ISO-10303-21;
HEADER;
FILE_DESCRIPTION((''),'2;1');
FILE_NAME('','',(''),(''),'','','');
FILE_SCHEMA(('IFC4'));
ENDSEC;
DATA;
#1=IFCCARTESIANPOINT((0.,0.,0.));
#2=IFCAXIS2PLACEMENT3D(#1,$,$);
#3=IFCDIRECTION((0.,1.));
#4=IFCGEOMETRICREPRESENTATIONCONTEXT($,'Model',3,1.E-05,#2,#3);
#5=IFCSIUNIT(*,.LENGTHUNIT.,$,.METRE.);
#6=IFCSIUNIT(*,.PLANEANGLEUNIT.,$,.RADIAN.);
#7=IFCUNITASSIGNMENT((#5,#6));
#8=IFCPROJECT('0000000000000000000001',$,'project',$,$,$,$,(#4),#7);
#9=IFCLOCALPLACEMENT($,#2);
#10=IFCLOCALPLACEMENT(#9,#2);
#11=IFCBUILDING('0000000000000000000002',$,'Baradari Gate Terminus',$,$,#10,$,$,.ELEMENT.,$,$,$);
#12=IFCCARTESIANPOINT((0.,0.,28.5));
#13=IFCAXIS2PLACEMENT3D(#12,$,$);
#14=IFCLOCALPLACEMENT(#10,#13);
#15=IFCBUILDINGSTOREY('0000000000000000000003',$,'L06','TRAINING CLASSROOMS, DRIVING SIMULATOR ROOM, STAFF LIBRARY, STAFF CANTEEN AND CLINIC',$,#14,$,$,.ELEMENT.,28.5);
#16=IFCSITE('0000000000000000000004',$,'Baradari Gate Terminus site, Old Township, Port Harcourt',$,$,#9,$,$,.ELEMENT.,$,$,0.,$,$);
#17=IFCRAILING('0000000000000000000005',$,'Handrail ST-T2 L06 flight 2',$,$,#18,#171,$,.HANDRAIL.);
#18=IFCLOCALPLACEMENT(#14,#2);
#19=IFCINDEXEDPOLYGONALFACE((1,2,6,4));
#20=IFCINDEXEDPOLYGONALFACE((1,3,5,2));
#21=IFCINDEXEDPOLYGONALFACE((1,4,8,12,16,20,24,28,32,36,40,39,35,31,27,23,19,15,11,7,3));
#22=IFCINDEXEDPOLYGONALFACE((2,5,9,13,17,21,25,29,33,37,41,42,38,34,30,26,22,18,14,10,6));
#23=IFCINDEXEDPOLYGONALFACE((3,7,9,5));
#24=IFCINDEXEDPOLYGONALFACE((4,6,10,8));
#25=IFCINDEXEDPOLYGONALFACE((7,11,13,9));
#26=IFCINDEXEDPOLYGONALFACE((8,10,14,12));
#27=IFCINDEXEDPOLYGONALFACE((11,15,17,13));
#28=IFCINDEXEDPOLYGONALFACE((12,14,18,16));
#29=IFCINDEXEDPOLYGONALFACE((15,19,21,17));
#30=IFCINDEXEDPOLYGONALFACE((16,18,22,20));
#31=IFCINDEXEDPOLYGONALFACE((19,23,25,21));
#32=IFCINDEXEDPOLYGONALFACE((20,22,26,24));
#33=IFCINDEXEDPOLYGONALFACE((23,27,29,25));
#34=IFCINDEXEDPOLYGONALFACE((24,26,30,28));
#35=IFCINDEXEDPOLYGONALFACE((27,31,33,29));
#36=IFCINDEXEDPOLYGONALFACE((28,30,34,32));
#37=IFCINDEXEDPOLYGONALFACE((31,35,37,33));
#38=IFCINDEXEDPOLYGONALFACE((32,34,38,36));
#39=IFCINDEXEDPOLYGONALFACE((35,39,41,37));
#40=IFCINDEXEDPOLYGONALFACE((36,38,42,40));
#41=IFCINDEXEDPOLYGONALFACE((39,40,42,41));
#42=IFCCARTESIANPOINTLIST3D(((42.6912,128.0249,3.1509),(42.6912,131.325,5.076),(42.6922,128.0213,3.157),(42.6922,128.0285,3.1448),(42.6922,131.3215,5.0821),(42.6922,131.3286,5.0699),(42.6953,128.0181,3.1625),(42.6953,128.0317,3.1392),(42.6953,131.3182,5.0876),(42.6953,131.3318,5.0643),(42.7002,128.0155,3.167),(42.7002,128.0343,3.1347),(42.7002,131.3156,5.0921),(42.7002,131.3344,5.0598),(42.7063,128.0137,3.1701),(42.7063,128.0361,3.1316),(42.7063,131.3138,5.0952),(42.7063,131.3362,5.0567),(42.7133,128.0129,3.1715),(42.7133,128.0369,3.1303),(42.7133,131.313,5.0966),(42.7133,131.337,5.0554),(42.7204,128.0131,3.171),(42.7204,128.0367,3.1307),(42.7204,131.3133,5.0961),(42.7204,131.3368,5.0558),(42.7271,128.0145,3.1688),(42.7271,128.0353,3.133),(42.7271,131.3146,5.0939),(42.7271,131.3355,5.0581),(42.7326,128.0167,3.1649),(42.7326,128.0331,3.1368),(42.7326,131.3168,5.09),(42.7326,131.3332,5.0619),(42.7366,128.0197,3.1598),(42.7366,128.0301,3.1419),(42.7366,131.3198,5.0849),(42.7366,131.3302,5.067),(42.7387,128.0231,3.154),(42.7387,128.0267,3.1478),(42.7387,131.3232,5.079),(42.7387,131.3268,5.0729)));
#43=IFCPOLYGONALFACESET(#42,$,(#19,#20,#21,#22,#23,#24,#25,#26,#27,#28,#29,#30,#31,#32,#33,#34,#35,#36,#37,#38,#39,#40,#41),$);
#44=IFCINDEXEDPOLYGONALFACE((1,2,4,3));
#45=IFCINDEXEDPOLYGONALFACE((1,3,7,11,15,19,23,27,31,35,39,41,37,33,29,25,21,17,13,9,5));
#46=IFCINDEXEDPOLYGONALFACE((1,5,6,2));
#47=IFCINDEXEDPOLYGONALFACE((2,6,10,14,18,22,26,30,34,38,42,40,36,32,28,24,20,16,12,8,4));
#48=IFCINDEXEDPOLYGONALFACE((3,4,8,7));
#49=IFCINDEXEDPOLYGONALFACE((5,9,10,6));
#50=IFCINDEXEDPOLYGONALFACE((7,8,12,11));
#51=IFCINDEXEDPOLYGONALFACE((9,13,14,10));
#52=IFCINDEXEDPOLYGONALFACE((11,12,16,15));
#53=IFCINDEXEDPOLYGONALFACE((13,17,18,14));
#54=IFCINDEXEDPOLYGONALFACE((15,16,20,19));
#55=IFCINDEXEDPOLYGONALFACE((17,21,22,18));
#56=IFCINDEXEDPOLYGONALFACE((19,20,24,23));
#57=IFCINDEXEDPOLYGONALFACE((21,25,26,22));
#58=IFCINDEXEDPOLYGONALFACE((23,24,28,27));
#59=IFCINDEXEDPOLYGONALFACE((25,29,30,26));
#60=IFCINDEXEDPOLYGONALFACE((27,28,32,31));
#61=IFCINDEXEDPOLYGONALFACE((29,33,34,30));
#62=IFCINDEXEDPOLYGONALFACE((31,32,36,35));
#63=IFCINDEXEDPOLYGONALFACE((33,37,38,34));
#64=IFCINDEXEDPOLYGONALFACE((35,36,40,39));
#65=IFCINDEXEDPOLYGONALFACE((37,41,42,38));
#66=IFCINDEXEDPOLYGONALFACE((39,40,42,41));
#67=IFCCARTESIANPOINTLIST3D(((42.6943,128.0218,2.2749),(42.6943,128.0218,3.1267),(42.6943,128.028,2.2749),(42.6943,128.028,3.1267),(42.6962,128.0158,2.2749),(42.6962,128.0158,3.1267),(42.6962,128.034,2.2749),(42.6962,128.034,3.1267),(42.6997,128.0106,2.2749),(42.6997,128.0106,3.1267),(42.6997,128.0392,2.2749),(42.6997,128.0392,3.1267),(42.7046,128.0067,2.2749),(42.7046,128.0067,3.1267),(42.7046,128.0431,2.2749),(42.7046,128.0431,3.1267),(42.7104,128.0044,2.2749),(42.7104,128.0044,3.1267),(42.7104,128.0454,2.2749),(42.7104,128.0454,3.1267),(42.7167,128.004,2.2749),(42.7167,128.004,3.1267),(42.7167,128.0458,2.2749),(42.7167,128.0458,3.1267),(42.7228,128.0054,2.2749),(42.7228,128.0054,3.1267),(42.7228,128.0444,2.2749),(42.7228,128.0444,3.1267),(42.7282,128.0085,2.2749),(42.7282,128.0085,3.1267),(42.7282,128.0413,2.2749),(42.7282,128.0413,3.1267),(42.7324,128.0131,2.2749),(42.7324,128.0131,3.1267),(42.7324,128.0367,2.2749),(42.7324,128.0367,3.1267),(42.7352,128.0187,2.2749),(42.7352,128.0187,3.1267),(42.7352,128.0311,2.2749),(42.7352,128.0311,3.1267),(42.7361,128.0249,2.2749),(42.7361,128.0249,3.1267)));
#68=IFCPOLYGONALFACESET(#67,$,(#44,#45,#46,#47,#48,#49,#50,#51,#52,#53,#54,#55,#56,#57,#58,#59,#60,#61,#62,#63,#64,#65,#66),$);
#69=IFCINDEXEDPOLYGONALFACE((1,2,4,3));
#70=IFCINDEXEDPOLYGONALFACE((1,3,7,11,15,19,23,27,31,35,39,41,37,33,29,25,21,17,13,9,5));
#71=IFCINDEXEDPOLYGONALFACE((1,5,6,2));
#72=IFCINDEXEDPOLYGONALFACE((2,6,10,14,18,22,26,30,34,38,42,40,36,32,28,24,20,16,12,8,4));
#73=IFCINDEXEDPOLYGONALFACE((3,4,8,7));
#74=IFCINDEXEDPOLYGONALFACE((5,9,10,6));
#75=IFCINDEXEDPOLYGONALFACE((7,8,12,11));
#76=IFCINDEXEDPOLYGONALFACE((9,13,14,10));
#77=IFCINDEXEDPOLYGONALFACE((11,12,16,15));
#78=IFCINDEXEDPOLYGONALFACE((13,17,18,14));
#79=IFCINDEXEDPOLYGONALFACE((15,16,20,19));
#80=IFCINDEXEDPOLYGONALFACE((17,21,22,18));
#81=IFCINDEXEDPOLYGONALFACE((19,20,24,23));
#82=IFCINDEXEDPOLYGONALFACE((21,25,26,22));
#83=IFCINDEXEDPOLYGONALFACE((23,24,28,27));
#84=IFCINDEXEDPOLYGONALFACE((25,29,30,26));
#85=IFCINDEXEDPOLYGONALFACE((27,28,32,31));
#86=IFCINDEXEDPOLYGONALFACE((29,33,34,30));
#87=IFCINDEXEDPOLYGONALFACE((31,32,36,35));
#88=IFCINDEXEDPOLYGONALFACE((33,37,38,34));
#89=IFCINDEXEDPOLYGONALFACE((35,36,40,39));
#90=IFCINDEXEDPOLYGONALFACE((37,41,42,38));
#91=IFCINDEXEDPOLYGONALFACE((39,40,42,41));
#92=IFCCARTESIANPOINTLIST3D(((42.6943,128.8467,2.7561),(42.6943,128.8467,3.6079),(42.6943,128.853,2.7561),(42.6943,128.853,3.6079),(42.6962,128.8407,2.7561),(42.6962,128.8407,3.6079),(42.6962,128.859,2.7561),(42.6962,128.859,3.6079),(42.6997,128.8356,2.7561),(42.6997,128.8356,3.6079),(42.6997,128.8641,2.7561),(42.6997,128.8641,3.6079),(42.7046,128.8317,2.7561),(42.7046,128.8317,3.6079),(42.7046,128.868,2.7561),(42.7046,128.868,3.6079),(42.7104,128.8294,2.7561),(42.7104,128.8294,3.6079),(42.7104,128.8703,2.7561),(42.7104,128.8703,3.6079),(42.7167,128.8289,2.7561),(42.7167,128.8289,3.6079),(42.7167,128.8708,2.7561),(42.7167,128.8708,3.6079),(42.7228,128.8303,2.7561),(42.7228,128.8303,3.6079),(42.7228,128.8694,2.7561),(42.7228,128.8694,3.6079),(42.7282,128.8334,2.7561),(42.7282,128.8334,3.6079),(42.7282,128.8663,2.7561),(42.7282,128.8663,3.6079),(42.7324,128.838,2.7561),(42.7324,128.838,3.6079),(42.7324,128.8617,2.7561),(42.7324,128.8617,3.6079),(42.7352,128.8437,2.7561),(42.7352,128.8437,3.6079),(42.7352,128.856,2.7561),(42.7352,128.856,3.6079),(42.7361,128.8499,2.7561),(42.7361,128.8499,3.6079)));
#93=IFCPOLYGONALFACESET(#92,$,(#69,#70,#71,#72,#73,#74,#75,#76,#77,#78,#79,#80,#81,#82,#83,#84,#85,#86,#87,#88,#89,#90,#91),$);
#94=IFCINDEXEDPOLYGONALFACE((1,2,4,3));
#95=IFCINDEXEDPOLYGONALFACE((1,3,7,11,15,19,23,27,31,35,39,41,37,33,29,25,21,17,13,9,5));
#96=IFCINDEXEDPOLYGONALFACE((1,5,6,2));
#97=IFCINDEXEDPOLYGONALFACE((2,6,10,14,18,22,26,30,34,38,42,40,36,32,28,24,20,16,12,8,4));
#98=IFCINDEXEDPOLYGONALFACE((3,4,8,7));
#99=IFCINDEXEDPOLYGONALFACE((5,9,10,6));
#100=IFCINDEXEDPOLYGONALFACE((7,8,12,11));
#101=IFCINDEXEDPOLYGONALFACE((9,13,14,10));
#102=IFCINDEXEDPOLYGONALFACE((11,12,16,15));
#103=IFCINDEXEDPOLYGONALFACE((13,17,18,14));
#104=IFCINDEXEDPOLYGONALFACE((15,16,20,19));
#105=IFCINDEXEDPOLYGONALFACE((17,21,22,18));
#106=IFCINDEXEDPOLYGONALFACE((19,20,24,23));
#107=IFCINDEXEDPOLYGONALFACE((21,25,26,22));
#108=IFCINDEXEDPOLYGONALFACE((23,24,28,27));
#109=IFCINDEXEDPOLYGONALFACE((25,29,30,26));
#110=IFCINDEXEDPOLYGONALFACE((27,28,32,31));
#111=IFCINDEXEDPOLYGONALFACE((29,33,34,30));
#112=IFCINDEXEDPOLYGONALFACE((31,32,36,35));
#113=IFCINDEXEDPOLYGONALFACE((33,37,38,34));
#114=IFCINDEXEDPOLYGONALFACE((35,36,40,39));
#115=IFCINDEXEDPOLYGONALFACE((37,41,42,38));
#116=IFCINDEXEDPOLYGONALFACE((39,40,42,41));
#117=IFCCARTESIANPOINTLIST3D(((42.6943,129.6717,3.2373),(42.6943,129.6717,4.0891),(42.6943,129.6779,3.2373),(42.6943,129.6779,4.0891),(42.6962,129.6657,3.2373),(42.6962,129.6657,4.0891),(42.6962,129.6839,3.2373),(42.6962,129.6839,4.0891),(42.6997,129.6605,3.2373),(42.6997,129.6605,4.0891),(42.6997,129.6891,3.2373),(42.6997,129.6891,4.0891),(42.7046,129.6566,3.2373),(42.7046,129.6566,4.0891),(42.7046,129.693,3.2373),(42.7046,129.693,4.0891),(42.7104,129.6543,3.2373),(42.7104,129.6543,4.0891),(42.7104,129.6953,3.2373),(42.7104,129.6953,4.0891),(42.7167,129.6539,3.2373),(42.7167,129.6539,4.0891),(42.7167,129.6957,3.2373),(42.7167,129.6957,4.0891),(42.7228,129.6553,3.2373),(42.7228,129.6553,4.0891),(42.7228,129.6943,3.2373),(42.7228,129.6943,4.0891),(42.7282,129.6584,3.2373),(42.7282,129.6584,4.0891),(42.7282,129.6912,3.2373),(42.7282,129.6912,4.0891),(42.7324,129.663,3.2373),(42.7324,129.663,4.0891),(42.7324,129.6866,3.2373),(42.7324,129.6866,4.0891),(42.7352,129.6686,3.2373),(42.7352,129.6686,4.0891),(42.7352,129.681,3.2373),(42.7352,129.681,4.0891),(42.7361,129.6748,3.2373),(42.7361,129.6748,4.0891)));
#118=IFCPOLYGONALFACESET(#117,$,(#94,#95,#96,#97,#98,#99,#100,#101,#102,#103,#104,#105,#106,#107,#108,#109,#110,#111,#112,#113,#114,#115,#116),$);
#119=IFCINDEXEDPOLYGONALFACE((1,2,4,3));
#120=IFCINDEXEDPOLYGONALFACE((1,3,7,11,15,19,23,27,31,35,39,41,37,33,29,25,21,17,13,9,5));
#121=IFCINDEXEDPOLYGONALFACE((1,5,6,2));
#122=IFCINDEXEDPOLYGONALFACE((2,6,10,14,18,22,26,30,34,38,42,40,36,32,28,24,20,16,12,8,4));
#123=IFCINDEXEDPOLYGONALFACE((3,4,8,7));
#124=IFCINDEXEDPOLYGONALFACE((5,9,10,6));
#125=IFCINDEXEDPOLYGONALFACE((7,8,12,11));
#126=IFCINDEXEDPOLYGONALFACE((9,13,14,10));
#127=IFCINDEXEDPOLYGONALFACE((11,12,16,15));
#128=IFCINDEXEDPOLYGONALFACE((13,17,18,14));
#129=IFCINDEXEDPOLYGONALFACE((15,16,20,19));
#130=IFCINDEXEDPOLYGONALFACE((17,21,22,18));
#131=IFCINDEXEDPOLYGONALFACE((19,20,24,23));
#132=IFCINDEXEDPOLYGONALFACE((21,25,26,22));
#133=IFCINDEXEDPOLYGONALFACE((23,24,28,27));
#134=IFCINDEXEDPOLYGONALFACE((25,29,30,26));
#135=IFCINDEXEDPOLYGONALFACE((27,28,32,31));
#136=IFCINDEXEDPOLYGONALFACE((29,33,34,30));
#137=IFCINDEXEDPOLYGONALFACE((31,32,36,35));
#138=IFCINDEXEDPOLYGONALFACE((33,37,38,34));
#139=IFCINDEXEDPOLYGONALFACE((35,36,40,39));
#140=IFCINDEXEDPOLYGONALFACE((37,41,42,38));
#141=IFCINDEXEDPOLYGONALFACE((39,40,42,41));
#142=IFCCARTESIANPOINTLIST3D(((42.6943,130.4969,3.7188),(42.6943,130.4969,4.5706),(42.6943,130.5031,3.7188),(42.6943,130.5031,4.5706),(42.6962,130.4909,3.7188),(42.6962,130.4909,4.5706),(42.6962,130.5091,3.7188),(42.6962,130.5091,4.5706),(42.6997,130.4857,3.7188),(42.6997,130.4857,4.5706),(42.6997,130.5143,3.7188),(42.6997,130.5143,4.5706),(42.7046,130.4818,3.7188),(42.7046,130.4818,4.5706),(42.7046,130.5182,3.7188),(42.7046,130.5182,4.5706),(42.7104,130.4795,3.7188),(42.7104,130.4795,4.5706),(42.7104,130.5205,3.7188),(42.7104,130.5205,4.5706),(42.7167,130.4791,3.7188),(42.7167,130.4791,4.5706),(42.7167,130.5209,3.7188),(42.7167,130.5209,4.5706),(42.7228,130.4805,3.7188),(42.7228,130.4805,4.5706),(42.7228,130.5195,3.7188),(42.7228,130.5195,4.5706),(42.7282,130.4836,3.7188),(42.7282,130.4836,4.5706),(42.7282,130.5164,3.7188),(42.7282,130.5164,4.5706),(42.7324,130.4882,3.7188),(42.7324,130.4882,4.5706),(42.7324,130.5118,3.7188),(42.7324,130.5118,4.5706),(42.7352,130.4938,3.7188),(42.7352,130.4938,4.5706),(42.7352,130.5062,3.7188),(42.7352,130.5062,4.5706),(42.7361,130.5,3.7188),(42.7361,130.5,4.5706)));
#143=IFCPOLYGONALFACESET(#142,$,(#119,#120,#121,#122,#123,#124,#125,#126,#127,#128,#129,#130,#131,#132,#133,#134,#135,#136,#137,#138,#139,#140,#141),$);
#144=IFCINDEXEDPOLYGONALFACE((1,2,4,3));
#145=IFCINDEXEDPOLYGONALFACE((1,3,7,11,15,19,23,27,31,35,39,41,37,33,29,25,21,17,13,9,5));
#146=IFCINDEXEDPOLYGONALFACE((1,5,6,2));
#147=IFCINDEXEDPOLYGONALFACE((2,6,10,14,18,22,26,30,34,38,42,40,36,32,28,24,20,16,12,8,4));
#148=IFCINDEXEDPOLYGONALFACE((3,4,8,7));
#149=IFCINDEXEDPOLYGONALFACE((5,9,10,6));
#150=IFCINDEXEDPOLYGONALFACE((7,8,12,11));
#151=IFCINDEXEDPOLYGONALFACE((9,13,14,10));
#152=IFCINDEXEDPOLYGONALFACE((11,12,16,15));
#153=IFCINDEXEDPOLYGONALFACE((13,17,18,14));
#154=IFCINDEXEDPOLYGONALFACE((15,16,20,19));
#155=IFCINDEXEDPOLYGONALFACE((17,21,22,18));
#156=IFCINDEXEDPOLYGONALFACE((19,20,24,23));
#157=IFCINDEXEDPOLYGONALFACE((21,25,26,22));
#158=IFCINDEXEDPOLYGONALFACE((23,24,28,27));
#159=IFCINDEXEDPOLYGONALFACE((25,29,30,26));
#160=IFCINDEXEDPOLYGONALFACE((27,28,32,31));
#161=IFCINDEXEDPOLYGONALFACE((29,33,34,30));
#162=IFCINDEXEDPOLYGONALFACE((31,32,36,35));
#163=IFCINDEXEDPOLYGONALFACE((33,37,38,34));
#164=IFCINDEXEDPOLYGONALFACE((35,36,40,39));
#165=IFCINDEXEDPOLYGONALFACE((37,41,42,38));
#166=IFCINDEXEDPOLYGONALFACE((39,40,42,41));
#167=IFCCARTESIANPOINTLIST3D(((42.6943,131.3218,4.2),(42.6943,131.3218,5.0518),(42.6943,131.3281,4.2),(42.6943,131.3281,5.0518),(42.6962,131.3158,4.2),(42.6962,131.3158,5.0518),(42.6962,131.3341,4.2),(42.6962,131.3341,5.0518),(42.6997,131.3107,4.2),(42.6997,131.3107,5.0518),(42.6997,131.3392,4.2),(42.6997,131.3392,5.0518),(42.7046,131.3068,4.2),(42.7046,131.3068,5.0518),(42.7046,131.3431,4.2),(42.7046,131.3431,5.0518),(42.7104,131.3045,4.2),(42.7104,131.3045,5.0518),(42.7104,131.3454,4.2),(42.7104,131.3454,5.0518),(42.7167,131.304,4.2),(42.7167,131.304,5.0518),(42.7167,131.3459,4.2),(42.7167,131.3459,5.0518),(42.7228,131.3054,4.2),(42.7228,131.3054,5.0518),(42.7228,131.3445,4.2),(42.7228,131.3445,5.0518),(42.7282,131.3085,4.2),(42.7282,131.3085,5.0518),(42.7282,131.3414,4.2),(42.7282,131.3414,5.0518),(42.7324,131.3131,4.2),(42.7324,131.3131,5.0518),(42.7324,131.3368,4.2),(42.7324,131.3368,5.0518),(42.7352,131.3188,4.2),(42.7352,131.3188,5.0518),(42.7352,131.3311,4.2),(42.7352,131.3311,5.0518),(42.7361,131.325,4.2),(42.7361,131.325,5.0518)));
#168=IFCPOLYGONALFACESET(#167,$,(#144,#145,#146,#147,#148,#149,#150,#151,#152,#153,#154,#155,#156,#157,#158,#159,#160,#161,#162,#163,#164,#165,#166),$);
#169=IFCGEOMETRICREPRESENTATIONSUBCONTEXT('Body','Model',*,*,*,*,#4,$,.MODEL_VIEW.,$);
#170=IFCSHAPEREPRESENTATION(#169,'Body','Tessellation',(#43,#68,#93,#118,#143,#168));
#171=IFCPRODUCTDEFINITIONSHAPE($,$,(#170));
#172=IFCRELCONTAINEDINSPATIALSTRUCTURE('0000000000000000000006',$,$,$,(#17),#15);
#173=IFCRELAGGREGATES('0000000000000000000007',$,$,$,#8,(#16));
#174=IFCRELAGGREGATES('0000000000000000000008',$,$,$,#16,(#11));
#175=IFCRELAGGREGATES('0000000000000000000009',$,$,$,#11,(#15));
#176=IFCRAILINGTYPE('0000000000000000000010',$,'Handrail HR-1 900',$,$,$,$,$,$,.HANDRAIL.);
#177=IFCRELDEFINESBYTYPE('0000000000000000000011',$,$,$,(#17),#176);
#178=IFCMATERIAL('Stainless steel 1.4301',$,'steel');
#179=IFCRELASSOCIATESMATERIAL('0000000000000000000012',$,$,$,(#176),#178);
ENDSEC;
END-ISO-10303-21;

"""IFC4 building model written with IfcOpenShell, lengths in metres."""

from ifc_helpers import new_model, si_unit, direction, frame, origin, origin_2d, place, context, subcontext, project, spatial, circle, extrude, material, type_object, element, save


model = new_model("IFC4")

# Units and contexts
model_context = context("Model", 3, precision=1e-05, world=origin(), true_north=direction((0.0, 1.0)))
body_context = subcontext(model_context, "Body", "Model", "MODEL_VIEW")
ifc_project = project(units=[si_unit("LENGTHUNIT", "METRE"), si_unit("PLANEANGLEUNIT", "RADIAN")], contexts=[model_context])

# Site, building, storey
site_placement = place(None, origin())
site = spatial("IfcSite", under=ifc_project, at=site_placement, Name="Baradari Gate Terminus site, Old Township, Port Harcourt", CompositionType="ELEMENT", RefElevation=0.0)
building_placement = place(site_placement, origin())
building = spatial("IfcBuilding", under=site, at=building_placement, Name="Baradari Gate Terminus", CompositionType="ELEMENT")
storey_placement = place(building_placement, frame((0.0, 0.0, 28.5)))
storey = spatial("IfcBuildingStorey", under=building, at=storey_placement, Name="L06", Description="TRAINING CLASSROOMS, DRIVING SIMULATOR ROOM, STAFF LIBRARY, STAFF CANTEEN AND CLINIC", CompositionType="ELEMENT", Elevation=28.5)

# Railing
ifc_material_1 = material(Name="Stainless steel 1.4301", Category="steel")
railing_type = type_object("IfcRailingType", Name="Handrail HR-1 900", PredefinedType="HANDRAIL", material=ifc_material_1)
for number, where, name in (
    (1, (42.7151, 128.0249, 2.2749), "Handrail ST-T2 L06 flight 2"),
):
    element("IfcRailing", number, at=place(storey_placement, frame(where)), inside=storey, type_object=railing_type, Name=name, PredefinedType="HANDRAIL", context=body_context, shape_type="SweptSolid", body=[
        extrude(circle(Radius=0.0239, at=origin_2d()), frame((0.0, 0.0, 0.876), z_axis=(0.0, 0.863777, 0.503875), x_axis=(-1.0, 0.0, 0.0)), (0.0, 0.0, 1.0), 3.8206),
        extrude(circle(Radius=0.021, at=origin_2d()), origin(), (0.0, 0.0, 1.0), 0.8518),
        extrude(circle(Radius=0.021, at=origin_2d()), frame((0.0, 0.825, 0.4812)), (0.0, 0.0, 1.0), 0.8518),
        extrude(circle(Radius=0.021, at=origin_2d()), frame((0.0, 1.6499, 0.9624)), (0.0, 0.0, 1.0), 0.8518),
        extrude(circle(Radius=0.021, at=origin_2d()), frame((0.0, 2.4751, 1.4438)), (0.0, 0.0, 1.0), 0.8518),
        extrude(circle(Radius=0.021, at=origin_2d()), frame((0.0, 3.3, 1.925)), (0.0, 0.0, 1.0), 0.8518),
    ])

save(model, "model.ifc")
